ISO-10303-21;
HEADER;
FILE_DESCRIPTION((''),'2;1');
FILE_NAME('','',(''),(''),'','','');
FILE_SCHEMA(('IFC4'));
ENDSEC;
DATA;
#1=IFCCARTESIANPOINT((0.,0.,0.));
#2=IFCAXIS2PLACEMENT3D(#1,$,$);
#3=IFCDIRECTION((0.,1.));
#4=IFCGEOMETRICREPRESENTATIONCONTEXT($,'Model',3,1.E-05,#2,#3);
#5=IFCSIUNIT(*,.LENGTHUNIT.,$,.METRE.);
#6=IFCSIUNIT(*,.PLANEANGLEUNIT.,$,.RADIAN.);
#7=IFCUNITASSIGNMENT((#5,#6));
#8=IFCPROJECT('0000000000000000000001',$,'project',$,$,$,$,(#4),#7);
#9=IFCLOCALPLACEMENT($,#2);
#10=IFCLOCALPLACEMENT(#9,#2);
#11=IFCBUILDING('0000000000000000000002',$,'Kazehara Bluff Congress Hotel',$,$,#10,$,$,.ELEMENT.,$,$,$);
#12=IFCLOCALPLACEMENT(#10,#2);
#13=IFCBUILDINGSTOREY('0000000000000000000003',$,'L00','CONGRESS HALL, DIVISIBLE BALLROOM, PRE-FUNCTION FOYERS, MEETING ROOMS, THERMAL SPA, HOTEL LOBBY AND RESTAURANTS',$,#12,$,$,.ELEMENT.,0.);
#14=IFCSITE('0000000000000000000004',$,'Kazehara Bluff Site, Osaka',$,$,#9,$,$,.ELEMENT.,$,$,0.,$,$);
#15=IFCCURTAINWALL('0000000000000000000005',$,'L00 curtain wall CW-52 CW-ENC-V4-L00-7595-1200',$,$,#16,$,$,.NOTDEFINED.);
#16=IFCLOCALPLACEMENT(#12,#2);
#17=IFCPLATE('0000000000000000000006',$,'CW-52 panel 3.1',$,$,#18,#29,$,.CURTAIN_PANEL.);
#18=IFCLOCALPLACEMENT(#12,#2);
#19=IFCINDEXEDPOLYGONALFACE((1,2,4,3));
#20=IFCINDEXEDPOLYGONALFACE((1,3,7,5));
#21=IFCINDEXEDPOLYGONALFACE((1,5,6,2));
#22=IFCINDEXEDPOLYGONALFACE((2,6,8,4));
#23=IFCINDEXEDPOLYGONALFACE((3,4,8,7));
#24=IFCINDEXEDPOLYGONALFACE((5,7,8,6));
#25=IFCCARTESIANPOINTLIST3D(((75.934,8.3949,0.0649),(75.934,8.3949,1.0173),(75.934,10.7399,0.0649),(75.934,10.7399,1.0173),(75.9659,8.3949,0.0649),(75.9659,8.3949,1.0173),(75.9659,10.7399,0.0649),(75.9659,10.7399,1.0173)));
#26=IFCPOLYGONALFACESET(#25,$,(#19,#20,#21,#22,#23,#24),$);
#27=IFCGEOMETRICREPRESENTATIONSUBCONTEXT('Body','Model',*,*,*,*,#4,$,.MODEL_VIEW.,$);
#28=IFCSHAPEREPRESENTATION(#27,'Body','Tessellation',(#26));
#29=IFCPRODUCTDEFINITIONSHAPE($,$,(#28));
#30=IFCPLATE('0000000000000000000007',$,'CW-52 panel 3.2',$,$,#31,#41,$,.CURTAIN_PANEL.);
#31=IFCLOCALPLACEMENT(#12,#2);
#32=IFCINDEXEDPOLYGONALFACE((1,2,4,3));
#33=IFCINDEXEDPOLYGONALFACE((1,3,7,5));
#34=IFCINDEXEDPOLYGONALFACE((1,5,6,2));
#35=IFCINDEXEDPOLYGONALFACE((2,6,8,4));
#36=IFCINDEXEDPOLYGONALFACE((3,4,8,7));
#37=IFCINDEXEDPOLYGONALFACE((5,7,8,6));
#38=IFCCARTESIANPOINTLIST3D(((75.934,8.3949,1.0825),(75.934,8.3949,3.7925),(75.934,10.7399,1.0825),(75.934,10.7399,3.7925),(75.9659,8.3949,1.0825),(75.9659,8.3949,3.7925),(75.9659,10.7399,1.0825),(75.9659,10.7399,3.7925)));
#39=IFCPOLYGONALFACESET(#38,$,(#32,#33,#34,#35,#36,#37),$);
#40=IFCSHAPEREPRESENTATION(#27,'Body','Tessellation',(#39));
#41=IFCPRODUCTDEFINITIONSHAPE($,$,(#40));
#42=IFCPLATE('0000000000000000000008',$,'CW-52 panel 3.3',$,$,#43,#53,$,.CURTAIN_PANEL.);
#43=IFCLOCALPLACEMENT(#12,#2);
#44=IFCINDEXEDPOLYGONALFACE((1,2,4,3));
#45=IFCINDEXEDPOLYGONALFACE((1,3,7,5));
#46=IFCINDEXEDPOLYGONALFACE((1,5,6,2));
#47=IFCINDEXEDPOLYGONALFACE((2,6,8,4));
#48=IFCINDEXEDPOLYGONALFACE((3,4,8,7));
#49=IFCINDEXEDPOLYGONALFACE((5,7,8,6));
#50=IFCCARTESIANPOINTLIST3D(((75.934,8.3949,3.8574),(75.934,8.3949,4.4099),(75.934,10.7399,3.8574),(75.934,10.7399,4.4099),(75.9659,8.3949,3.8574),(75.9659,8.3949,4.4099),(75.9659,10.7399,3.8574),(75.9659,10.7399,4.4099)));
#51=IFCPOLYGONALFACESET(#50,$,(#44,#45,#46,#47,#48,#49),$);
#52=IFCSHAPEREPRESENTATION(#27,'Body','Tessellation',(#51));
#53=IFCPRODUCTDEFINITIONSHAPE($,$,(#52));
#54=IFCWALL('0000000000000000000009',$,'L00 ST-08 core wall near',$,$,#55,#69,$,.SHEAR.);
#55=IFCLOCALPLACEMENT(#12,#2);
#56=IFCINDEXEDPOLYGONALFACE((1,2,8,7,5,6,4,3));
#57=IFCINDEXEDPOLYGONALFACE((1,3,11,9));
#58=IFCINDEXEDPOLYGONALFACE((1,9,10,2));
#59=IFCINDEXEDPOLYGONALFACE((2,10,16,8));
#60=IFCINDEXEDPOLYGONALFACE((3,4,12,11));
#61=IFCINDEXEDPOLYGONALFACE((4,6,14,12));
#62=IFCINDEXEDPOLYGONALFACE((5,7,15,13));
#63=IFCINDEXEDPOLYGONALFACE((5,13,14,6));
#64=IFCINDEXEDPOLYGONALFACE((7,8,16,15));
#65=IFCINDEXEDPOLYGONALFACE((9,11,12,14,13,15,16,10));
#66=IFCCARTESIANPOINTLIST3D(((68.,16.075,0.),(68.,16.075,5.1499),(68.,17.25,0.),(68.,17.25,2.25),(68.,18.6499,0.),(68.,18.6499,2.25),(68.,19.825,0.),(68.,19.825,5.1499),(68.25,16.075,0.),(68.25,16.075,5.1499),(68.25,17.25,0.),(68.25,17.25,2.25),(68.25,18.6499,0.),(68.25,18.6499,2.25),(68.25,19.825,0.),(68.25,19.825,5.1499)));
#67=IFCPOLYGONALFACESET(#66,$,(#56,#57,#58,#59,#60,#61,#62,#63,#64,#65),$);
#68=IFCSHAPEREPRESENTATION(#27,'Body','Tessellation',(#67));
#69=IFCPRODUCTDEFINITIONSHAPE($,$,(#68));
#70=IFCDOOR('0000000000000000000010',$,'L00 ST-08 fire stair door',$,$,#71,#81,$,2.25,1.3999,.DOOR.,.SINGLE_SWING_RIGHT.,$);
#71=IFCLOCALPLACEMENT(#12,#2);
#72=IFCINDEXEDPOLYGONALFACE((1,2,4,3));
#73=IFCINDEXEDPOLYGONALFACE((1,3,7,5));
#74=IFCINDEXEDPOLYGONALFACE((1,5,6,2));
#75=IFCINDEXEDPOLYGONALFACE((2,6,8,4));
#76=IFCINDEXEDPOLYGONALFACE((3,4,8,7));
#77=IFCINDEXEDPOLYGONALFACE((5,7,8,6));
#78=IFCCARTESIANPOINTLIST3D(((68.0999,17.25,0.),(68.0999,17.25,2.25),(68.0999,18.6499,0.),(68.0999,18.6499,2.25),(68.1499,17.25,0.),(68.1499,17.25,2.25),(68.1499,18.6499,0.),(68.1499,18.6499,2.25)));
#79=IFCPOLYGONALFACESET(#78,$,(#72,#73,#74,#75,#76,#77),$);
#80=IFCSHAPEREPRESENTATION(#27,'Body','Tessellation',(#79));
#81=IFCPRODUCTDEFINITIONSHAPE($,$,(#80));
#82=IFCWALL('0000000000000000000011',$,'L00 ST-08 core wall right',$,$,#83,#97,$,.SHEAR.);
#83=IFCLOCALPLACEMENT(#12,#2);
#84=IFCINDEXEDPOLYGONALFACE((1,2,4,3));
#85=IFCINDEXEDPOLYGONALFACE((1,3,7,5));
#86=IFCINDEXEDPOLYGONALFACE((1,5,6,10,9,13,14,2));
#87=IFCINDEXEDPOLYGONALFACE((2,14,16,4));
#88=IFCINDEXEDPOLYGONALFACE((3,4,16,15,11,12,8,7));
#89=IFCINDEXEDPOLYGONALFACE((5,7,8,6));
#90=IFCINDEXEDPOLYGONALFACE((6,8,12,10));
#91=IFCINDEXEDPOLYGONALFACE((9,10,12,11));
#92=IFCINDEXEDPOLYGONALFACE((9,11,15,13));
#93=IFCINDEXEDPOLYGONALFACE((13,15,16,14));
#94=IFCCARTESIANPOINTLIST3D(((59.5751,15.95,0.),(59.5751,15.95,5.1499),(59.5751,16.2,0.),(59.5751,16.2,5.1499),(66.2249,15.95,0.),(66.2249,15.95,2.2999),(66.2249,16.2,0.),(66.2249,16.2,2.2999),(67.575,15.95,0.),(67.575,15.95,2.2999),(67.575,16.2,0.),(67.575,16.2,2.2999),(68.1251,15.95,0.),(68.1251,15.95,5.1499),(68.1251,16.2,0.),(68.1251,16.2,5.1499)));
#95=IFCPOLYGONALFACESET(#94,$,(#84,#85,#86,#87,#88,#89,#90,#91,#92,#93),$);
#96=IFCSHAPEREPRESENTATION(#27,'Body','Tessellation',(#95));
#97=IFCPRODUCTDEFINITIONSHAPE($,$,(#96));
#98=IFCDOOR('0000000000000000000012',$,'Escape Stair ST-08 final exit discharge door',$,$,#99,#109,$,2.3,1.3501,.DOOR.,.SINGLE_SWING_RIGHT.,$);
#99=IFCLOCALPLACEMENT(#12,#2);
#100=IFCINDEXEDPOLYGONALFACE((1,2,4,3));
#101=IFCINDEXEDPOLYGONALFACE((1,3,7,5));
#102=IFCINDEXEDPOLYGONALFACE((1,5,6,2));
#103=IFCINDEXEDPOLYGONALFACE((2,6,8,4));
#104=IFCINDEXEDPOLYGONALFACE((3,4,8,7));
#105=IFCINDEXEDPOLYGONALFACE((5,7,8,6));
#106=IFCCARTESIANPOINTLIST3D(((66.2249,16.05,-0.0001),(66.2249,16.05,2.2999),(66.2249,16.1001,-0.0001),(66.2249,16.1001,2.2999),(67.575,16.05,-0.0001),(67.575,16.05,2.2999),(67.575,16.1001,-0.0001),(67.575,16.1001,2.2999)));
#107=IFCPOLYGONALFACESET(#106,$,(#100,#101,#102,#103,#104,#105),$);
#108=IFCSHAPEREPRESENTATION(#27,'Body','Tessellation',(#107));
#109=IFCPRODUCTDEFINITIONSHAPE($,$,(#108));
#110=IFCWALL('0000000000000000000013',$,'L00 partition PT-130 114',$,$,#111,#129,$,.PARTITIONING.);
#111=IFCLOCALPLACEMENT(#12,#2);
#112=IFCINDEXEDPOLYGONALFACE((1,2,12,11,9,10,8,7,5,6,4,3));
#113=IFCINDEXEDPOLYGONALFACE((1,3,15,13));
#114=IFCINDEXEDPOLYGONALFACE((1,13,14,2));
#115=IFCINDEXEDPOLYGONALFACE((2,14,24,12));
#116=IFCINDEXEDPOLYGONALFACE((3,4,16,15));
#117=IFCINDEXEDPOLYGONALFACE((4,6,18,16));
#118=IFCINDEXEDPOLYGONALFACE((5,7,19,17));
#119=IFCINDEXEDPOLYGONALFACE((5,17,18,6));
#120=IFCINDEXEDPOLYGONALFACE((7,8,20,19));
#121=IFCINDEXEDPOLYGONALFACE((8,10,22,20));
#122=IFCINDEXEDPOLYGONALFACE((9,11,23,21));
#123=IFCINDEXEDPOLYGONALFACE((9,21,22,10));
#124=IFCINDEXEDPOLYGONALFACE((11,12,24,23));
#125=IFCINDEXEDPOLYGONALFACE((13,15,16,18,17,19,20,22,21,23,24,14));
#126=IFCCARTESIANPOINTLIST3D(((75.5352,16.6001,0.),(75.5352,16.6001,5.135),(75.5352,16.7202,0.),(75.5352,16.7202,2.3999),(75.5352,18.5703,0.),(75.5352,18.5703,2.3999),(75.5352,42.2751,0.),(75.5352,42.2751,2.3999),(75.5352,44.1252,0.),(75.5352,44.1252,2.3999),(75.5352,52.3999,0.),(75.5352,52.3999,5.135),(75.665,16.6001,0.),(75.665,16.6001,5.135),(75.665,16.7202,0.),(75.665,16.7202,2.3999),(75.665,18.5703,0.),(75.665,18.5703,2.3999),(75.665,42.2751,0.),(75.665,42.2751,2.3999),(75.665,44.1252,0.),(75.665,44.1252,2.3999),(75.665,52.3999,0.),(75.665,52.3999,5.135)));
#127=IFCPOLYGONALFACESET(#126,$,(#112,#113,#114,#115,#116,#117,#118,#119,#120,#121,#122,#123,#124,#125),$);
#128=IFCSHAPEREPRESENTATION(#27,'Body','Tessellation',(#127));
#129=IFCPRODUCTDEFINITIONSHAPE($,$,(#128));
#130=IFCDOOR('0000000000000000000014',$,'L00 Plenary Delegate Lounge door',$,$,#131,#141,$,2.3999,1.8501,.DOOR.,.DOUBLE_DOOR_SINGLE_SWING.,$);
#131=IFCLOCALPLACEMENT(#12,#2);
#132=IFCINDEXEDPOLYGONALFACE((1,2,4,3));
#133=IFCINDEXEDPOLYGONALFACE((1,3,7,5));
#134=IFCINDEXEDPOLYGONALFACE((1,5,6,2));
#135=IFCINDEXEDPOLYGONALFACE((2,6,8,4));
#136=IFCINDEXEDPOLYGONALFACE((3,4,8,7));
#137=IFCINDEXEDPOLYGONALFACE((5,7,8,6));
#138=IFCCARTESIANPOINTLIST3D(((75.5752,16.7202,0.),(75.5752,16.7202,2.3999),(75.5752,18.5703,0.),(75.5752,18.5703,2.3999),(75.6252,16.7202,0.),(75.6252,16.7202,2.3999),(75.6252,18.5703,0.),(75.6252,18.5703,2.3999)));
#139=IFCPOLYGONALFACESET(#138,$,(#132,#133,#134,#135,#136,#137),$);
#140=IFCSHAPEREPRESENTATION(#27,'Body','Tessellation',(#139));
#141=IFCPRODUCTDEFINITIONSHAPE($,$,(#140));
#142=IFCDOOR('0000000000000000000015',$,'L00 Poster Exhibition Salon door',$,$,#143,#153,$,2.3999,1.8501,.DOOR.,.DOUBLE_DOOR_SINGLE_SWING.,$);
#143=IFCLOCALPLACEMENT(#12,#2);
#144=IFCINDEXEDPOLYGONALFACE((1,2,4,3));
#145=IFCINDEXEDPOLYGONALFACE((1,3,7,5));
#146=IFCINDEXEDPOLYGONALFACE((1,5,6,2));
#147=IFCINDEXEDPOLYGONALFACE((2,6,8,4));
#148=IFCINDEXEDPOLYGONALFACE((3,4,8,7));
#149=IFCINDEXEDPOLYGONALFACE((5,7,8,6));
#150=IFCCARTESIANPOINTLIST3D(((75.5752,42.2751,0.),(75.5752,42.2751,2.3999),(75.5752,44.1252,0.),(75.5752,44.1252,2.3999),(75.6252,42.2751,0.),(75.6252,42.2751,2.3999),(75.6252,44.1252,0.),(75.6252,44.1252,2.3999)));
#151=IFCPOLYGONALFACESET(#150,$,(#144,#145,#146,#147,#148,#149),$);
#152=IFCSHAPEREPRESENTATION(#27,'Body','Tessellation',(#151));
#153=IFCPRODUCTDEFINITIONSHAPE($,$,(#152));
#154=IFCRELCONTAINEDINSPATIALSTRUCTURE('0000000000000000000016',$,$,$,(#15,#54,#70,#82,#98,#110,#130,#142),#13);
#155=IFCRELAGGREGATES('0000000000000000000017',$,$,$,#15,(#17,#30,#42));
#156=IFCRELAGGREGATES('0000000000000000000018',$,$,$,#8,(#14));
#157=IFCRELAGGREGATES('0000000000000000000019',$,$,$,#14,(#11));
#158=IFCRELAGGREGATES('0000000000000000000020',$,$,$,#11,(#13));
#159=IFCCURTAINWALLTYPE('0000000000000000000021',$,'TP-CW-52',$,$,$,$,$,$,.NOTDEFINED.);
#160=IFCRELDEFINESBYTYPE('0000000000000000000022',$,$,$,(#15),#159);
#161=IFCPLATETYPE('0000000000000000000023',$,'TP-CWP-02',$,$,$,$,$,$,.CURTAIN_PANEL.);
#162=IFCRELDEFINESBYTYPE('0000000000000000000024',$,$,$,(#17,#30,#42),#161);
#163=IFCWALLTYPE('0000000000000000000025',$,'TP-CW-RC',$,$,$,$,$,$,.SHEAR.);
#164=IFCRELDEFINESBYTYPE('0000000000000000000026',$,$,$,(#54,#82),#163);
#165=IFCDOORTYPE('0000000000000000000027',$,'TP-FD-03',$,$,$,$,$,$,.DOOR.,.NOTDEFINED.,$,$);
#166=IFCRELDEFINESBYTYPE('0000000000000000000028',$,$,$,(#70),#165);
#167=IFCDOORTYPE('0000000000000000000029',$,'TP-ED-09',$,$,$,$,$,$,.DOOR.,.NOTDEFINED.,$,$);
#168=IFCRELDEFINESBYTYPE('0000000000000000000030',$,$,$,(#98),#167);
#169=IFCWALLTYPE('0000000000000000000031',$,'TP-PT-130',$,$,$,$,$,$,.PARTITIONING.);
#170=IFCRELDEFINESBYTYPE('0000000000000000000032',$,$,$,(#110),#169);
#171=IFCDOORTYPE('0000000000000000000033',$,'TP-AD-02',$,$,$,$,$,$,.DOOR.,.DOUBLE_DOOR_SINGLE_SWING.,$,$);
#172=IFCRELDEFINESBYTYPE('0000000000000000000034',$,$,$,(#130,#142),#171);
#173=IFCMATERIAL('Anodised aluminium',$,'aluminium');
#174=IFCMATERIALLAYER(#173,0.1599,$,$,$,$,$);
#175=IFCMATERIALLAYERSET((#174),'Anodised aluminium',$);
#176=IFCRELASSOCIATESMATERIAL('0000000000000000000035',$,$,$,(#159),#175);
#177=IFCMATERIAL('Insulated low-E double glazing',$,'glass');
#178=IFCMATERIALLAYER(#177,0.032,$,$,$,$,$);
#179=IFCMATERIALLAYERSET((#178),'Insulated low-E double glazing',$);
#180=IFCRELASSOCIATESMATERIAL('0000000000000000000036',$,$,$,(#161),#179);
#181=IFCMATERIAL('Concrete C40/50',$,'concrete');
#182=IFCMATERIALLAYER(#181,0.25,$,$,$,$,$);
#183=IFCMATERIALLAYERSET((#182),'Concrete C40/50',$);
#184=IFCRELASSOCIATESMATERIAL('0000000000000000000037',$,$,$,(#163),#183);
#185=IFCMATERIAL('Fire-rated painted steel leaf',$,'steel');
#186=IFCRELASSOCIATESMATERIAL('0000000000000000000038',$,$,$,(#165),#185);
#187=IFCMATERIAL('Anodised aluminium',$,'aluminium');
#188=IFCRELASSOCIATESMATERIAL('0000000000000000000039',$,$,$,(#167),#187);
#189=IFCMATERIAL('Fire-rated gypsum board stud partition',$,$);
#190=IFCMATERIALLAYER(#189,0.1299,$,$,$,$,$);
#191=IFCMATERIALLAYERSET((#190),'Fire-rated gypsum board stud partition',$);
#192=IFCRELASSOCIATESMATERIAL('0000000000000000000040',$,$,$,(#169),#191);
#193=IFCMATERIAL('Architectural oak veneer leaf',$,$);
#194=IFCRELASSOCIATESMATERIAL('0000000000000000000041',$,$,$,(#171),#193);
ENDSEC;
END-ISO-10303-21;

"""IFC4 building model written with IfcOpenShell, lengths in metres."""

from ifc_helpers import new_model, si_unit, direction, frame, frame_2d, origin, origin_2d, place, context, subcontext, project, spatial, rectangle, extrude, material, layer, layer_set, type_object, element, fill, aggregate, save


model = new_model("IFC4")

# Units and contexts
model_context = context("Model", 3, precision=1e-05, world=origin(), true_north=direction((0.0, 1.0)))
body_context = subcontext(model_context, "Body", "Model", "MODEL_VIEW")
ifc_project = project(units=[si_unit("LENGTHUNIT", "METRE"), si_unit("PLANEANGLEUNIT", "RADIAN")], contexts=[model_context])

# Site, building, storey
site_placement = place(None, origin())
site = spatial("IfcSite", under=ifc_project, at=site_placement, Name="Kazehara Bluff Site, Osaka", CompositionType="ELEMENT", RefElevation=0.0)
building_placement = place(site_placement, origin())
building = spatial("IfcBuilding", under=site, at=building_placement, Name="Kazehara Bluff Congress Hotel", CompositionType="ELEMENT")
storey_placement = place(building_placement, origin())
storey = spatial("IfcBuildingStorey", under=building, at=storey_placement, Name="L00", Description="CONGRESS HALL, DIVISIBLE BALLROOM, PRE-FUNCTION FOYERS, MEETING ROOMS, THERMAL SPA, HOTEL LOBBY AND RESTAURANTS", CompositionType="ELEMENT", Elevation=0.0)

# Curtain wall
ifc_material_1 = material(Name="Anodised aluminium", Category="aluminium")
ifc_layer_1 = layer(ifc_material_1, 0.1599)
ifc_layer_set_1 = layer_set([ifc_layer_1], Name="Anodised aluminium")
curtain_wall_type_1 = type_object("IfcCurtainWallType", Name="TP-CW-52", PredefinedType="NOTDEFINED", material=ifc_layer_set_1)
curtain_wall_1_placement = place(storey_placement, origin())
curtain_wall_1 = element("IfcCurtainWall", 1, at=curtain_wall_1_placement, inside=storey, type_object=curtain_wall_type_1, Name="L00 curtain wall CW-52 CW-ENC-V4-L00-7595-1200", PredefinedType="NOTDEFINED")

# Plates
ifc_material_2 = material(Name="Insulated low-E double glazing", Category="glass")
ifc_layer_2 = layer(ifc_material_2, 0.032)
ifc_layer_set_2 = layer_set([ifc_layer_2], Name="Insulated low-E double glazing")
plate_type = type_object("IfcPlateType", Name="TP-CWP-02", PredefinedType="CURTAIN_PANEL", material=ifc_layer_set_2)
plate_1_placement = place(storey_placement, frame((75.95, 9.5674, 0.0649), z_axis=(0.0, 0.0, 1.0), x_axis=(0.0, -1.0, 0.0)))
plate_1 = element("IfcPlate", 2, at=plate_1_placement, type_object=plate_type, Name="CW-52 panel 3.1", PredefinedType="CURTAIN_PANEL", context=body_context, shape_type="SweptSolid", body=[
    extrude(rectangle(XDim=2.345, YDim=0.032, at=origin_2d()), origin(), (0.0, 0.0, 1.0), 0.9524),
])
plate_2_placement = place(storey_placement, frame((75.95, 9.5674, 1.0825), z_axis=(0.0, 0.0, 1.0), x_axis=(0.0, -1.0, 0.0)))
plate_2 = element("IfcPlate", 3, at=plate_2_placement, type_object=plate_type, Name="CW-52 panel 3.2", PredefinedType="CURTAIN_PANEL", context=body_context, shape_type="SweptSolid", body=[
    extrude(rectangle(XDim=2.345, YDim=0.032, at=origin_2d()), origin(), (0.0, 0.0, 1.0), 2.71),
])
plate_3_placement = place(storey_placement, frame((75.95, 9.5674, 3.8574), z_axis=(0.0, 0.0, 1.0), x_axis=(0.0, -1.0, 0.0)))
plate_3 = element("IfcPlate", 4, at=plate_3_placement, type_object=plate_type, Name="CW-52 panel 3.3", PredefinedType="CURTAIN_PANEL", context=body_context, shape_type="SweptSolid", body=[
    extrude(rectangle(XDim=2.345, YDim=0.032, at=origin_2d()), origin(), (0.0, 0.0, 1.0), 0.5525),
])
aggregate(curtain_wall_1, [plate_1, plate_2, plate_3])

# Walls, openings, doors
ifc_material_3 = material(Name="Concrete C40/50", Category="concrete")
ifc_layer_3 = layer(ifc_material_3, 0.25)
ifc_layer_set_3 = layer_set([ifc_layer_3], Name="Concrete C40/50")
wall_type_1 = type_object("IfcWallType", Name="TP-CW-RC", PredefinedType="SHEAR", material=ifc_layer_set_3)
wall_1_placement = place(storey_placement, frame((68.125, 19.825, 0.0), z_axis=(0.0, 0.0, 1.0), x_axis=(0.0, -1.0, 0.0)))
wall_1 = element("IfcWall", 5, at=wall_1_placement, inside=storey, type_object=wall_type_1, Name="L00 ST-08 core wall near", PredefinedType="SHEAR", context=body_context, shape_type="SweptSolid", body=[
    extrude(rectangle(XDim=3.75, YDim=0.25, at=frame_2d((1.875, 0.0))), origin(), (0.0, 0.0, 1.0), 5.1499),
])
opening_1_placement = place(wall_1_placement, frame((1.175, 0.0, 0.0)))
opening_1 = element("IfcOpeningElement", 6, at=opening_1_placement, cuts=wall_1, PredefinedType="OPENING", context=body_context, shape_type="SweptSolid", body=[
    extrude(rectangle(XDim=1.3999, YDim=2.25, at=frame_2d((0.7, 1.125))), frame((0.0, 0.135, 0.0), z_axis=(0.0, -1.0, 0.0), x_axis=(1.0, 0.0, 0.0)), (0.0, 0.0, 1.0), 0.27),
])
ifc_material_4 = material(Name="Fire-rated painted steel leaf", Category="steel")
door_type_1 = type_object("IfcDoorType", Name="TP-FD-03", OperationType="NOTDEFINED", PredefinedType="DOOR", material=ifc_material_4)
door_1_placement = place(opening_1_placement, origin())
door_1 = element("IfcDoor", 7, at=door_1_placement, inside=storey, type_object=door_type_1, Name="L00 ST-08 fire stair door", OperationType="SINGLE_SWING_RIGHT", OverallHeight=2.25, OverallWidth=1.3999, PredefinedType="DOOR", context=body_context, shape_type="SweptSolid", body=[
    extrude(rectangle(XDim=1.3999, YDim=2.25, at=frame_2d((0.7, 1.125))), frame((0.0, 0.0249, 0.0), z_axis=(0.0, -1.0, 0.0), x_axis=(1.0, 0.0, 0.0)), (0.0, 0.0, 1.0), 0.05),
])
fill(opening_1, door_1)
wall_2_placement = place(storey_placement, frame((68.125, 16.075, 0.0), z_axis=(0.0, 0.0, 1.0), x_axis=(-1.0, 0.0, 0.0)))
wall_2 = element("IfcWall", 8, at=wall_2_placement, inside=storey, type_object=wall_type_1, Name="L00 ST-08 core wall right", PredefinedType="SHEAR", context=body_context, shape_type="SweptSolid", body=[
    extrude(rectangle(XDim=8.55, YDim=0.25, at=frame_2d((4.2749, 0.0))), origin(), (0.0, 0.0, 1.0), 5.1499),
])
opening_2_placement = place(wall_2_placement, frame((0.55, 0.0, 0.0)))
opening_2 = element("IfcOpeningElement", 9, at=opening_2_placement, cuts=wall_2, PredefinedType="OPENING", context=body_context, shape_type="SweptSolid", body=[
    extrude(rectangle(XDim=1.3501, YDim=2.3, at=frame_2d((0.675, 1.1499))), frame((0.0, 0.135, 0.0), z_axis=(0.0, -1.0, 0.0), x_axis=(1.0, 0.0, 0.0)), (0.0, 0.0, 1.0), 0.27),
])
ifc_material_5 = material(Name="Anodised aluminium", Category="aluminium")
door_type_2 = type_object("IfcDoorType", Name="TP-ED-09", OperationType="NOTDEFINED", PredefinedType="DOOR", material=ifc_material_5)
door_2_placement = place(opening_2_placement, origin())
door_2 = element("IfcDoor", 10, at=door_2_placement, inside=storey, type_object=door_type_2, Name="Escape Stair ST-08 final exit discharge door", OperationType="SINGLE_SWING_RIGHT", OverallHeight=2.3, OverallWidth=1.3501, PredefinedType="DOOR", context=body_context, shape_type="SweptSolid", body=[
    extrude(rectangle(XDim=1.3501, YDim=2.3, at=frame_2d((0.675, 1.1499))), frame((0.0, 0.0249, 0.0), z_axis=(0.0, -1.0, 0.0), x_axis=(1.0, 0.0, 0.0)), (0.0, 0.0, 1.0), 0.05),
])
fill(opening_2, door_2)

# Wall, openings, doors
ifc_material_6 = material(Name="Fire-rated gypsum board stud partition")
ifc_layer_4 = layer(ifc_material_6, 0.1299)
ifc_layer_set_4 = layer_set([ifc_layer_4], Name="Fire-rated gypsum board stud partition")
wall_type_2 = type_object("IfcWallType", Name="TP-PT-130", PredefinedType="PARTITIONING", material=ifc_layer_set_4)
wall_3_placement = place(storey_placement, frame((75.6001, 16.6001, 0.0), z_axis=(0.0, 0.0, 1.0), x_axis=(0.0, 1.0, 0.0)))
wall_3 = element("IfcWall", 11, at=wall_3_placement, inside=storey, type_object=wall_type_2, Name="L00 partition PT-130 114", PredefinedType="PARTITIONING", context=body_context, shape_type="SweptSolid", body=[
    extrude(rectangle(XDim=35.7998, YDim=0.1299, at=frame_2d((17.8999, 0.0))), origin(), (0.0, 0.0, 1.0), 5.135),
])
opening_3_placement = place(wall_3_placement, frame((0.1201, 0.0, 0.0)))
opening_3 = element("IfcOpeningElement", 12, at=opening_3_placement, cuts=wall_3, PredefinedType="OPENING", context=body_context, shape_type="SweptSolid", body=[
    extrude(rectangle(XDim=1.8501, YDim=2.3999, at=frame_2d((0.925, 1.2))), frame((0.0, 0.075, 0.0), z_axis=(0.0, -1.0, 0.0), x_axis=(1.0, 0.0, 0.0)), (0.0, 0.0, 1.0), 0.1499),
])
opening_4_placement = place(wall_3_placement, frame((25.675, 0.0, 0.0)))
opening_4 = element("IfcOpeningElement", 13, at=opening_4_placement, cuts=wall_3, PredefinedType="OPENING", context=body_context, shape_type="SweptSolid", body=[
    extrude(rectangle(XDim=1.8501, YDim=2.3999, at=frame_2d((0.925, 1.2))), frame((0.0, 0.075, 0.0), z_axis=(0.0, -1.0, 0.0), x_axis=(1.0, 0.0, 0.0)), (0.0, 0.0, 1.0), 0.1499),
])
ifc_material_7 = material(Name="Architectural oak veneer leaf")
door_type_3 = type_object("IfcDoorType", Name="TP-AD-02", OperationType="DOUBLE_DOOR_SINGLE_SWING", PredefinedType="DOOR", material=ifc_material_7)
door_3_placement = place(opening_3_placement, origin())
door_3 = element("IfcDoor", 14, at=door_3_placement, inside=storey, type_object=door_type_3, Name="L00 Plenary Delegate Lounge door", OperationType="DOUBLE_DOOR_SINGLE_SWING", OverallHeight=2.3999, OverallWidth=1.8501, PredefinedType="DOOR", context=body_context, shape_type="SweptSolid", body=[
    extrude(rectangle(XDim=1.8501, YDim=2.3999, at=frame_2d((0.925, 1.2))), frame((0.0, 0.0249, 0.0), z_axis=(0.0, -1.0, 0.0), x_axis=(1.0, 0.0, 0.0)), (0.0, 0.0, 1.0), 0.05),
])
fill(opening_3, door_3)
door_4_placement = place(opening_4_placement, origin())
door_4 = element("IfcDoor", 15, at=door_4_placement, inside=storey, type_object=door_type_3, Name="L00 Poster Exhibition Salon door", OperationType="DOUBLE_DOOR_SINGLE_SWING", OverallHeight=2.3999, OverallWidth=1.8501, PredefinedType="DOOR", context=body_context, shape_type="SweptSolid", body=[
    extrude(rectangle(XDim=1.8501, YDim=2.3999, at=frame_2d((0.925, 1.2))), frame((0.0, 0.0249, 0.0), z_axis=(0.0, -1.0, 0.0), x_axis=(1.0, 0.0, 0.0)), (0.0, 0.0, 1.0), 0.05),
])
fill(opening_4, door_4)

save(model, "model.ifc")
